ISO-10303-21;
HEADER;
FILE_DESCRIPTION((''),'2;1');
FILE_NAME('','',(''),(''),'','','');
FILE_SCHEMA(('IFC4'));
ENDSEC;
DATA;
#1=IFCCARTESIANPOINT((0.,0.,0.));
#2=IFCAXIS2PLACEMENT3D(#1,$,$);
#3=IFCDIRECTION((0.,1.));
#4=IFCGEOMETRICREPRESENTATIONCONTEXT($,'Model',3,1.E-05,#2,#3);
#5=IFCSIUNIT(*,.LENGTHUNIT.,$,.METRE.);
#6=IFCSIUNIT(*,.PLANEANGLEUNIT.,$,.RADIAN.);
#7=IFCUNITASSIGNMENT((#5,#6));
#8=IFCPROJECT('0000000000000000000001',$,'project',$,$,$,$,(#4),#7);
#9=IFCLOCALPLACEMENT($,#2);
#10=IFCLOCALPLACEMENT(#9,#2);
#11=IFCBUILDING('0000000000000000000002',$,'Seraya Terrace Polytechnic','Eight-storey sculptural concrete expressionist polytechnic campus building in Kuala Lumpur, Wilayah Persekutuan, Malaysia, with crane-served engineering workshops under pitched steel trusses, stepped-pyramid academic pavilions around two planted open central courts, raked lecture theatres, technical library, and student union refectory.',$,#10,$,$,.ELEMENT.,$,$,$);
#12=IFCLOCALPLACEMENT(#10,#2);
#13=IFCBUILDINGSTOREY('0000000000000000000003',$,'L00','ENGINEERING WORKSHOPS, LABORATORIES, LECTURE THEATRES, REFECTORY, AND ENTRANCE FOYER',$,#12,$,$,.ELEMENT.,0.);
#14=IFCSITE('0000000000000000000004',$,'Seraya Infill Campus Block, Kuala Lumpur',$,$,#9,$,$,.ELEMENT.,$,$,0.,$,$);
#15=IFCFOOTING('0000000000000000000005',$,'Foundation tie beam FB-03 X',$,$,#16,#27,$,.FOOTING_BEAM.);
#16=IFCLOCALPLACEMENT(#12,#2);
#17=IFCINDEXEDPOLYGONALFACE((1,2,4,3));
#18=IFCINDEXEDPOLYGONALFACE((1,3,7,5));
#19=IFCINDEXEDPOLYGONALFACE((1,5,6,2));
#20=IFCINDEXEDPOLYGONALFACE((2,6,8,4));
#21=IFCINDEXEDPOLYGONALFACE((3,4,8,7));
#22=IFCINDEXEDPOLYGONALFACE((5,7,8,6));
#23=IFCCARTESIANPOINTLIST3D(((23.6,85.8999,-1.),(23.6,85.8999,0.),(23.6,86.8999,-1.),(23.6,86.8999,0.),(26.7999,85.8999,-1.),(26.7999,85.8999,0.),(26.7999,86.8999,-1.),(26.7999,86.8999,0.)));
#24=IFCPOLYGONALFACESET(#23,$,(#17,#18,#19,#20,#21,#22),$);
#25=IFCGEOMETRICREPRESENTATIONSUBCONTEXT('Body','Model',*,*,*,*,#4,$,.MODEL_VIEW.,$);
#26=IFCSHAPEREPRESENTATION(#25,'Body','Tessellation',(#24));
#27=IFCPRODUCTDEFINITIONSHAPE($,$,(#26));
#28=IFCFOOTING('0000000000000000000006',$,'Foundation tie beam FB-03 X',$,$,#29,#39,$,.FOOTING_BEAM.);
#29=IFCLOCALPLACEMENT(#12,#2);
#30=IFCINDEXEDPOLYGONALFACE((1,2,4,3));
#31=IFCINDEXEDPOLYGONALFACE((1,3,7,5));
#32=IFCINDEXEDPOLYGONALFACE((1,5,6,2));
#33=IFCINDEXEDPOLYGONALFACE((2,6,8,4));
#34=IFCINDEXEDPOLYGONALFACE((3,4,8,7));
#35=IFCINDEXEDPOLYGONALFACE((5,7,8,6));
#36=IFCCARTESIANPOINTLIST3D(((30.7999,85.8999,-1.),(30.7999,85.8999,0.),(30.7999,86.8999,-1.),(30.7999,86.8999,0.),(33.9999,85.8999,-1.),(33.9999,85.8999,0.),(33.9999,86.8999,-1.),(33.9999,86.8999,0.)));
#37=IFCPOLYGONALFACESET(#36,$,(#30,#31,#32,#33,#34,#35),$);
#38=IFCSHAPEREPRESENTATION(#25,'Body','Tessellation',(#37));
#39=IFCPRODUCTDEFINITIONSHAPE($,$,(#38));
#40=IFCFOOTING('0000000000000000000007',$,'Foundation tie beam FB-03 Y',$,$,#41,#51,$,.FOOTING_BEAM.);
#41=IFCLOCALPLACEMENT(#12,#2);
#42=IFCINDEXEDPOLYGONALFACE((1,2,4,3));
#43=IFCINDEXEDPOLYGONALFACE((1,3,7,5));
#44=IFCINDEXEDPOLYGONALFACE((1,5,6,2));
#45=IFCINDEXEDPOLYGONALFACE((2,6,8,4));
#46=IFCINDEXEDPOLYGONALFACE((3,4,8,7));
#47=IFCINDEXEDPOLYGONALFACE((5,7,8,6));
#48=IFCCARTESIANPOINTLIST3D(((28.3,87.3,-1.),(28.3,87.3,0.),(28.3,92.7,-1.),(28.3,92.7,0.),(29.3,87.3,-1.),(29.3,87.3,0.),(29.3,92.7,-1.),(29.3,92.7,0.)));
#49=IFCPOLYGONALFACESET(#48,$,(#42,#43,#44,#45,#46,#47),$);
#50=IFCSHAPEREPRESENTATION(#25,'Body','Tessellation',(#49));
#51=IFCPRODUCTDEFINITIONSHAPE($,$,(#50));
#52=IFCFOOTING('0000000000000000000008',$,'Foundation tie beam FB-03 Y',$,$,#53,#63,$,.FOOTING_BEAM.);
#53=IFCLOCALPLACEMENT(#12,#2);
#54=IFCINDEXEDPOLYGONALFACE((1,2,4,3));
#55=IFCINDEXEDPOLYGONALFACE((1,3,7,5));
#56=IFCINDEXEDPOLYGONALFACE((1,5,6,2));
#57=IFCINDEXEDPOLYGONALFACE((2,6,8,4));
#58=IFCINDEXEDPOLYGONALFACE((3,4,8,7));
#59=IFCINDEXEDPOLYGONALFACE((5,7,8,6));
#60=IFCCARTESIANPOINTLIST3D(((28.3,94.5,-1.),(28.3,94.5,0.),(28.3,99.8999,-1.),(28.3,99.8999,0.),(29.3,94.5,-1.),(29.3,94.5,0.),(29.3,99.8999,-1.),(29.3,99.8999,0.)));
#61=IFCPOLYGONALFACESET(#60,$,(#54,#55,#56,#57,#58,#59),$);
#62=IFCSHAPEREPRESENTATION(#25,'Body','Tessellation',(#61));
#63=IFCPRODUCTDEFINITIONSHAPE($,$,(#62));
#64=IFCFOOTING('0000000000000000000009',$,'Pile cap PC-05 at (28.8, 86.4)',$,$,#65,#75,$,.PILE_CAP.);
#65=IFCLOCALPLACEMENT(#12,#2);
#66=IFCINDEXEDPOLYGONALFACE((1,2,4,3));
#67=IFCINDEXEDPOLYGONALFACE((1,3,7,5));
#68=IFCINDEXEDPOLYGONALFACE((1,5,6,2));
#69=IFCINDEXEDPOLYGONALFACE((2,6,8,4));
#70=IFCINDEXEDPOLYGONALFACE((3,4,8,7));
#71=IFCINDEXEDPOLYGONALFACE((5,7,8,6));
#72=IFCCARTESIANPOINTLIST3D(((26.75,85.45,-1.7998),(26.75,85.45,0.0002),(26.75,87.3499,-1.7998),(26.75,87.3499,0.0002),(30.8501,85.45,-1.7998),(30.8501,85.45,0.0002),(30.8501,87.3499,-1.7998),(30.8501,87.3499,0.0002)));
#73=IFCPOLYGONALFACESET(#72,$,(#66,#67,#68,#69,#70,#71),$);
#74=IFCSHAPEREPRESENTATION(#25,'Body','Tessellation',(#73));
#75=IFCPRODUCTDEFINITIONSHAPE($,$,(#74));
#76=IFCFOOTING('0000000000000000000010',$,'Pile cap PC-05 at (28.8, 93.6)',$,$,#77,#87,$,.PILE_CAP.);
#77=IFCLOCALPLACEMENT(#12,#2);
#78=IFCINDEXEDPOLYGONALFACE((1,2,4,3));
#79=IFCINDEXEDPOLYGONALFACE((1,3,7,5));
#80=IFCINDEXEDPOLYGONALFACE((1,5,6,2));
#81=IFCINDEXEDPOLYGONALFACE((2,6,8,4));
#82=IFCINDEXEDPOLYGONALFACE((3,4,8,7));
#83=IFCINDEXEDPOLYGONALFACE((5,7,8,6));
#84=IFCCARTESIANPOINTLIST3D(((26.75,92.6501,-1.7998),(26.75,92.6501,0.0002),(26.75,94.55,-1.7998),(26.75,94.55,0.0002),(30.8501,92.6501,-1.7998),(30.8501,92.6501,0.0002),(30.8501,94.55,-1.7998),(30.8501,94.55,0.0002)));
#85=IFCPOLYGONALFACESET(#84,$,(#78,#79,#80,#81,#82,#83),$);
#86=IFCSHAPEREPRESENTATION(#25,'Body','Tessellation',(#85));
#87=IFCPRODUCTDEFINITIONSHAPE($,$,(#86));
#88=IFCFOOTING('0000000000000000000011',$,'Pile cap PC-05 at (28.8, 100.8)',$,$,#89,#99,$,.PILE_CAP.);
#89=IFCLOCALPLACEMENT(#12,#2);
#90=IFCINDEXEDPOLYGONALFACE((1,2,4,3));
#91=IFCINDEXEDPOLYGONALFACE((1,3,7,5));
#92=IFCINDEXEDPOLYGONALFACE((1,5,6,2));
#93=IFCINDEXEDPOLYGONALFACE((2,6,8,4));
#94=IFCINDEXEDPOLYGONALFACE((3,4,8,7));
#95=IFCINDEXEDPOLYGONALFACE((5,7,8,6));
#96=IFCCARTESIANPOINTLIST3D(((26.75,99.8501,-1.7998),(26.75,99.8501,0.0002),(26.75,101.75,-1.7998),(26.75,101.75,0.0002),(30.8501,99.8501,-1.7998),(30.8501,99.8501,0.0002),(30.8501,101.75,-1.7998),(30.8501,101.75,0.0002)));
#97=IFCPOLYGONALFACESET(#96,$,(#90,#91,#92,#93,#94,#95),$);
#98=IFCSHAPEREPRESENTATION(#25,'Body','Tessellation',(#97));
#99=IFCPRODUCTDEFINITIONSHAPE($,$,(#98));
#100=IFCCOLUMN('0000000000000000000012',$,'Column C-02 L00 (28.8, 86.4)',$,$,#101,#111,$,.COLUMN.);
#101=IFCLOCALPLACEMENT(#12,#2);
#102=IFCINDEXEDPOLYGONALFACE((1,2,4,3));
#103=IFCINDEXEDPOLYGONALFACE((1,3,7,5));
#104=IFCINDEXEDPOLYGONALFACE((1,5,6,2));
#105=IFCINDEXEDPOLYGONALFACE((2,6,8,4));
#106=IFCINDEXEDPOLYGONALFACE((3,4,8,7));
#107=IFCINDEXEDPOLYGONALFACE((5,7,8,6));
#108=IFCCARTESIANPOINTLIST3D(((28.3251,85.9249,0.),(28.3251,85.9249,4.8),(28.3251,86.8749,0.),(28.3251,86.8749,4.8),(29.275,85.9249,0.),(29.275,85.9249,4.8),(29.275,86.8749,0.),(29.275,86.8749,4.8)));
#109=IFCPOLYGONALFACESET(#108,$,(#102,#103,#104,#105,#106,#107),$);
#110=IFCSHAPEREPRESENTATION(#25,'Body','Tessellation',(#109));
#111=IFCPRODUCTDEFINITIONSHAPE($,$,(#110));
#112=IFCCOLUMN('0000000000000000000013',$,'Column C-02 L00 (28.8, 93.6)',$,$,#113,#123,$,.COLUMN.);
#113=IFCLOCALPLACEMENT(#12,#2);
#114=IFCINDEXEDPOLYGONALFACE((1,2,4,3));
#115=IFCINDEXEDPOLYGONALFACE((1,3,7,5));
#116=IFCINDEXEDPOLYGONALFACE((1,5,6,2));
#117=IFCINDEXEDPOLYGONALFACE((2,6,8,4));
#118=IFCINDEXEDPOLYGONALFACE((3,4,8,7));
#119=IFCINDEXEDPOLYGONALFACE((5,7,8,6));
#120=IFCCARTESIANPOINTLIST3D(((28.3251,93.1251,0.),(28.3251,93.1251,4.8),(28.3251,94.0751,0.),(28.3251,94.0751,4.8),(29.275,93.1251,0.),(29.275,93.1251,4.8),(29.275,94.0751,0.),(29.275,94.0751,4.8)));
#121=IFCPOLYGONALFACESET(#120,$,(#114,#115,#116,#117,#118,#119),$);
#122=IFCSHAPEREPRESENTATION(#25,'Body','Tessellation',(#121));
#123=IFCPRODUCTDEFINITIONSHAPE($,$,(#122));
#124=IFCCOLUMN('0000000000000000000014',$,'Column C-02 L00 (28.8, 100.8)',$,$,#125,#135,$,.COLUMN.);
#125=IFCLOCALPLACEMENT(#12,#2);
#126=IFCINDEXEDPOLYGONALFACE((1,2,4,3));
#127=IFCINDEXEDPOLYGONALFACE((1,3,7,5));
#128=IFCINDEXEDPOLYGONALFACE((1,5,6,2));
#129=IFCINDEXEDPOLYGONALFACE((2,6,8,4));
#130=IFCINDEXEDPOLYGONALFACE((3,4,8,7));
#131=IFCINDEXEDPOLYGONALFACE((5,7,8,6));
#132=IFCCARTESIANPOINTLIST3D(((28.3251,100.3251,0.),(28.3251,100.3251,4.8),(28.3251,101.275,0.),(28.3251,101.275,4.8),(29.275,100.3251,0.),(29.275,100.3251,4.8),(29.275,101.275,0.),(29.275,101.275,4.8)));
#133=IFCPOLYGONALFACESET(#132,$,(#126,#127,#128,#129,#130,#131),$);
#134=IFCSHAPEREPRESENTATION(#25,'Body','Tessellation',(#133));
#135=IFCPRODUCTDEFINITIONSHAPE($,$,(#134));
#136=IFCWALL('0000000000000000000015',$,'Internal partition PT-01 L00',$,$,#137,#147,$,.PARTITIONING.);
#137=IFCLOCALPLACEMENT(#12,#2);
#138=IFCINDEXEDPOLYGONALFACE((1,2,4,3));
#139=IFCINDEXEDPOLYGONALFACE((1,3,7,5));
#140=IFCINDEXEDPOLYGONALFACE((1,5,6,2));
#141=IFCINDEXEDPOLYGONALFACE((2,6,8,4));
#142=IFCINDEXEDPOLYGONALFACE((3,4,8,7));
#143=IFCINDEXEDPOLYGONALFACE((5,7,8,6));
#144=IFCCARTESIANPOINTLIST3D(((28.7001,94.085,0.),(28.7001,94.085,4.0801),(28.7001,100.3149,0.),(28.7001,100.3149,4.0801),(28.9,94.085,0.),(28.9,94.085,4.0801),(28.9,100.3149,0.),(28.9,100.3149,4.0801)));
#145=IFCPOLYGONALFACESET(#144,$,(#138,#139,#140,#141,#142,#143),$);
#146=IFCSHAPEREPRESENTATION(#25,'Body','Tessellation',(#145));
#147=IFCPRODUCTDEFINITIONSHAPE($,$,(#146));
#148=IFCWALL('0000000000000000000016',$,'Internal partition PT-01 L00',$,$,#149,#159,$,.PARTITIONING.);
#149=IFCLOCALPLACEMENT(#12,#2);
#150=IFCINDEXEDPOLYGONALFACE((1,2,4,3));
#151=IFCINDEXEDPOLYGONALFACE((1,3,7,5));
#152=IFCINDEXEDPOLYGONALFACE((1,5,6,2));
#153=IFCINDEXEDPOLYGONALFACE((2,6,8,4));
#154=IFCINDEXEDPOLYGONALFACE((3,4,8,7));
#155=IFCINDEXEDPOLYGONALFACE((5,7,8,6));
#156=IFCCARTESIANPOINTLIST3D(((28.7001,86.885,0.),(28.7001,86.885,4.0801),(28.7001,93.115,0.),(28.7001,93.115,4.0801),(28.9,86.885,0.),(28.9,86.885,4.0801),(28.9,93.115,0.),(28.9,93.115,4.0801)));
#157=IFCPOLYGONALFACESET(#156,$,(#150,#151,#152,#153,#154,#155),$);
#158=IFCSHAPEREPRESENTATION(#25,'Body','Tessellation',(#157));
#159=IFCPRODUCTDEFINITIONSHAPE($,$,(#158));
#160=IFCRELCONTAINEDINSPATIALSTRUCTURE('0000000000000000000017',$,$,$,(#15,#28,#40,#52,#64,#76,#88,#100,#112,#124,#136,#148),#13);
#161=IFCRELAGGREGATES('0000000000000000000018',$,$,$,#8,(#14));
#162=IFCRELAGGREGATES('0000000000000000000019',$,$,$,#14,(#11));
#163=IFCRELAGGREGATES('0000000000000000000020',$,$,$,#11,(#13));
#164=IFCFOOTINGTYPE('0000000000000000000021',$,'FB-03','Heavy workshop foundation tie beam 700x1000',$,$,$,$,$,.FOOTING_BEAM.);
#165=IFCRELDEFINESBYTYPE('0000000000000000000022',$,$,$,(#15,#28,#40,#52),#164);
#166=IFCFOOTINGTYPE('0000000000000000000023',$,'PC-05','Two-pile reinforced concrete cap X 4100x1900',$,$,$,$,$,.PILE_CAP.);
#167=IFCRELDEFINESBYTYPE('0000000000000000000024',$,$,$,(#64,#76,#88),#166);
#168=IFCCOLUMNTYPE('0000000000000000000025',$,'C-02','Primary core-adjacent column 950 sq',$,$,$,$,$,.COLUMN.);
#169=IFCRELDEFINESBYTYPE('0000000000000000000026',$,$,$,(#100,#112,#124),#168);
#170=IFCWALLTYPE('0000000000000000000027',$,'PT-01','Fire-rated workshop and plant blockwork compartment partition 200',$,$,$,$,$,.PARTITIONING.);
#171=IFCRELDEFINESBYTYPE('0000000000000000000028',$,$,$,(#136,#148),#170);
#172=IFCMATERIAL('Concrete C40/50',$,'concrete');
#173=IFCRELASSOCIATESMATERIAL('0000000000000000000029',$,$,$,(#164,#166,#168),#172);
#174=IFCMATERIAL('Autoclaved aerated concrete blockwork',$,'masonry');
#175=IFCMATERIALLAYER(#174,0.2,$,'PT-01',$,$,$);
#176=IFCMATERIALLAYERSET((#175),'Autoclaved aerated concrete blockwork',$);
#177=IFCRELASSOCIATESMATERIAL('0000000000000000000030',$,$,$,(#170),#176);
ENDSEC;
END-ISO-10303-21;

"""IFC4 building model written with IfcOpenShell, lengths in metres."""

from ifc_helpers import new_model, si_unit, direction, frame, frame_2d, origin, origin_2d, place, context, subcontext, project, spatial, rectangle, extrude, material, layer, layer_set, material_profile, profile_set, type_object, element, save


model = new_model("IFC4")

# Units and contexts
model_context = context("Model", 3, precision=1e-05, world=origin(), true_north=direction((0.0, 1.0)))
body_context = subcontext(model_context, "Body", "Model", "MODEL_VIEW")
ifc_project = project(units=[si_unit("LENGTHUNIT", "METRE"), si_unit("PLANEANGLEUNIT", "RADIAN")], contexts=[model_context])

# Site, building, storey
site_placement = place(None, origin())
site = spatial("IfcSite", under=ifc_project, at=site_placement, Name="Seraya Infill Campus Block, Kuala Lumpur", CompositionType="ELEMENT", RefElevation=0.0)
building_placement = place(site_placement, origin())
building = spatial("IfcBuilding", under=site, at=building_placement, Name="Seraya Terrace Polytechnic", Description="Eight-storey sculptural concrete expressionist polytechnic campus building in Kuala Lumpur, Wilayah Persekutuan, Malaysia, with crane-served engineering workshops under pitched steel trusses, stepped-pyramid academic pavilions around two planted open central courts, raked lecture theatres, technical library, and student union refectory.", CompositionType="ELEMENT")
storey_placement = place(building_placement, origin())
storey = spatial("IfcBuildingStorey", under=building, at=storey_placement, Name="L00", Description="ENGINEERING WORKSHOPS, LABORATORIES, LECTURE THEATRES, REFECTORY, AND ENTRANCE FOYER", CompositionType="ELEMENT", Elevation=0.0)

# Shared definitions
ifc_material_1 = material(Name="Concrete C40/50", Category="concrete")

# Footings
footing_type_1 = type_object("IfcFootingType", Name="FB-03", Description="Heavy workshop foundation tie beam 700x1000", PredefinedType="FOOTING_BEAM", material=ifc_material_1)
for number, where, z_axis, x_axis, name in (
    (1, (25.2, 86.3999, -1.0), (0.0, 0.0, 1.0), (1.0, 0.0, 0.0), "Foundation tie beam FB-03 X"),
    (2, (32.3999, 86.3999, -1.0), (0.0, 0.0, 1.0), (1.0, 0.0, 0.0), "Foundation tie beam FB-03 X"),
):
    element("IfcFooting", number, at=place(storey_placement, frame(where, z_axis=z_axis, x_axis=x_axis)), inside=storey, type_object=footing_type_1, Name=name, PredefinedType="FOOTING_BEAM", context=body_context, shape_type="SweptSolid", body=[
        extrude(rectangle(XDim=3.2, YDim=1.0, at=origin_2d()), origin(), (0.0, 0.0, 1.0), 1.0),
    ])
for number, where, z_axis, x_axis, name in (
    (3, (28.8, 90.0, -1.0), (0.0, 0.0, 1.0), (0.0, 1.0, 0.0), "Foundation tie beam FB-03 Y"),
    (4, (28.8, 97.2, -1.0), (0.0, 0.0, 1.0), (0.0, 1.0, 0.0), "Foundation tie beam FB-03 Y"),
):
    element("IfcFooting", number, at=place(storey_placement, frame(where, z_axis=z_axis, x_axis=x_axis)), inside=storey, type_object=footing_type_1, Name=name, PredefinedType="FOOTING_BEAM", context=body_context, shape_type="SweptSolid", body=[
        extrude(rectangle(XDim=5.3999, YDim=1.0, at=origin_2d()), origin(), (0.0, 0.0, 1.0), 1.0),
    ])
footing_type_2 = type_object("IfcFootingType", Name="PC-05", Description="Two-pile reinforced concrete cap X 4100x1900", PredefinedType="PILE_CAP", material=ifc_material_1)
for number, where, z_axis, x_axis, name in (
    (5, (28.8, 86.3999, -1.7998), (0.0, 0.0, 1.0), (1.0, 0.0, 0.0), "Pile cap PC-05 at (28.8, 86.4)"),
    (6, (28.8, 93.6001, -1.7998), (0.0, 0.0, 1.0), (1.0, 0.0, 0.0), "Pile cap PC-05 at (28.8, 93.6)"),
    (7, (28.8, 100.8, -1.7998), (0.0, 0.0, 1.0), (1.0, 0.0, 0.0), "Pile cap PC-05 at (28.8, 100.8)"),
):
    element("IfcFooting", number, at=place(storey_placement, frame(where, z_axis=z_axis, x_axis=x_axis)), inside=storey, type_object=footing_type_2, Name=name, PredefinedType="PILE_CAP", context=body_context, shape_type="SweptSolid", body=[
        extrude(rectangle(XDim=4.1001, YDim=1.8999, at=origin_2d()), origin(), (0.0, 0.0, 1.0), 1.8),
    ])

# Columns
ifc_material_profile_1 = material_profile(ifc_material_1, rectangle(XDim=0.95, YDim=0.95, at=origin_2d()), Name="RC 950x950")
ifc_profile_set_1 = profile_set([ifc_material_profile_1], Name="Concrete C40/50")
column_type = type_object("IfcColumnType", Name="C-02", Description="Primary core-adjacent column 950 sq", PredefinedType="COLUMN", material=ifc_profile_set_1)
for number, where, z_axis, x_axis, name in (
    (8, (28.8, 86.3999, 0.0), (0.0, 0.0, 1.0), (1.0, 0.0, 0.0), "Column C-02 L00 (28.8, 86.4)"),
    (9, (28.8, 93.6001, 0.0), (0.0, 0.0, 1.0), (1.0, 0.0, 0.0), "Column C-02 L00 (28.8, 93.6)"),
    (10, (28.8, 100.8, 0.0), (0.0, 0.0, 1.0), (1.0, 0.0, 0.0), "Column C-02 L00 (28.8, 100.8)"),
):
    element("IfcColumn", number, at=place(storey_placement, frame(where, z_axis=z_axis, x_axis=x_axis)), inside=storey, type_object=column_type, Name=name, PredefinedType="COLUMN", context=body_context, shape_type="SweptSolid", body=[
        extrude(rectangle(XDim=0.95, YDim=0.95, at=origin_2d()), origin(), (0.0, 0.0, 1.0), 4.8),
    ])

# Walls
ifc_material_2 = material(Name="Autoclaved aerated concrete blockwork", Category="masonry")
ifc_layer = layer(ifc_material_2, 0.2, Name="PT-01")
ifc_layer_set = layer_set([ifc_layer], Name="Autoclaved aerated concrete blockwork")
wall_type = type_object("IfcWallType", Name="PT-01", Description="Fire-rated workshop and plant blockwork compartment partition 200", PredefinedType="PARTITIONING", material=ifc_layer_set)
for number, where, z_axis, x_axis, name in (
    (11, (28.8, 94.085, 0.0), (0.0, 0.0, 1.0), (0.0, 1.0, 0.0), "Internal partition PT-01 L00"),
    (12, (28.8, 86.885, 0.0), (0.0, 0.0, 1.0), (0.0, 1.0, 0.0), "Internal partition PT-01 L00"),
):
    element("IfcWall", number, at=place(storey_placement, frame(where, z_axis=z_axis, x_axis=x_axis)), inside=storey, type_object=wall_type, Name=name, PredefinedType="PARTITIONING", context=body_context, shape_type="SweptSolid", body=[
        extrude(rectangle(XDim=6.23, YDim=0.2, at=frame_2d((3.115, 0.0))), origin(), (0.0, 0.0, 1.0), 4.0801),
    ])

save(model, "model.ifc")
